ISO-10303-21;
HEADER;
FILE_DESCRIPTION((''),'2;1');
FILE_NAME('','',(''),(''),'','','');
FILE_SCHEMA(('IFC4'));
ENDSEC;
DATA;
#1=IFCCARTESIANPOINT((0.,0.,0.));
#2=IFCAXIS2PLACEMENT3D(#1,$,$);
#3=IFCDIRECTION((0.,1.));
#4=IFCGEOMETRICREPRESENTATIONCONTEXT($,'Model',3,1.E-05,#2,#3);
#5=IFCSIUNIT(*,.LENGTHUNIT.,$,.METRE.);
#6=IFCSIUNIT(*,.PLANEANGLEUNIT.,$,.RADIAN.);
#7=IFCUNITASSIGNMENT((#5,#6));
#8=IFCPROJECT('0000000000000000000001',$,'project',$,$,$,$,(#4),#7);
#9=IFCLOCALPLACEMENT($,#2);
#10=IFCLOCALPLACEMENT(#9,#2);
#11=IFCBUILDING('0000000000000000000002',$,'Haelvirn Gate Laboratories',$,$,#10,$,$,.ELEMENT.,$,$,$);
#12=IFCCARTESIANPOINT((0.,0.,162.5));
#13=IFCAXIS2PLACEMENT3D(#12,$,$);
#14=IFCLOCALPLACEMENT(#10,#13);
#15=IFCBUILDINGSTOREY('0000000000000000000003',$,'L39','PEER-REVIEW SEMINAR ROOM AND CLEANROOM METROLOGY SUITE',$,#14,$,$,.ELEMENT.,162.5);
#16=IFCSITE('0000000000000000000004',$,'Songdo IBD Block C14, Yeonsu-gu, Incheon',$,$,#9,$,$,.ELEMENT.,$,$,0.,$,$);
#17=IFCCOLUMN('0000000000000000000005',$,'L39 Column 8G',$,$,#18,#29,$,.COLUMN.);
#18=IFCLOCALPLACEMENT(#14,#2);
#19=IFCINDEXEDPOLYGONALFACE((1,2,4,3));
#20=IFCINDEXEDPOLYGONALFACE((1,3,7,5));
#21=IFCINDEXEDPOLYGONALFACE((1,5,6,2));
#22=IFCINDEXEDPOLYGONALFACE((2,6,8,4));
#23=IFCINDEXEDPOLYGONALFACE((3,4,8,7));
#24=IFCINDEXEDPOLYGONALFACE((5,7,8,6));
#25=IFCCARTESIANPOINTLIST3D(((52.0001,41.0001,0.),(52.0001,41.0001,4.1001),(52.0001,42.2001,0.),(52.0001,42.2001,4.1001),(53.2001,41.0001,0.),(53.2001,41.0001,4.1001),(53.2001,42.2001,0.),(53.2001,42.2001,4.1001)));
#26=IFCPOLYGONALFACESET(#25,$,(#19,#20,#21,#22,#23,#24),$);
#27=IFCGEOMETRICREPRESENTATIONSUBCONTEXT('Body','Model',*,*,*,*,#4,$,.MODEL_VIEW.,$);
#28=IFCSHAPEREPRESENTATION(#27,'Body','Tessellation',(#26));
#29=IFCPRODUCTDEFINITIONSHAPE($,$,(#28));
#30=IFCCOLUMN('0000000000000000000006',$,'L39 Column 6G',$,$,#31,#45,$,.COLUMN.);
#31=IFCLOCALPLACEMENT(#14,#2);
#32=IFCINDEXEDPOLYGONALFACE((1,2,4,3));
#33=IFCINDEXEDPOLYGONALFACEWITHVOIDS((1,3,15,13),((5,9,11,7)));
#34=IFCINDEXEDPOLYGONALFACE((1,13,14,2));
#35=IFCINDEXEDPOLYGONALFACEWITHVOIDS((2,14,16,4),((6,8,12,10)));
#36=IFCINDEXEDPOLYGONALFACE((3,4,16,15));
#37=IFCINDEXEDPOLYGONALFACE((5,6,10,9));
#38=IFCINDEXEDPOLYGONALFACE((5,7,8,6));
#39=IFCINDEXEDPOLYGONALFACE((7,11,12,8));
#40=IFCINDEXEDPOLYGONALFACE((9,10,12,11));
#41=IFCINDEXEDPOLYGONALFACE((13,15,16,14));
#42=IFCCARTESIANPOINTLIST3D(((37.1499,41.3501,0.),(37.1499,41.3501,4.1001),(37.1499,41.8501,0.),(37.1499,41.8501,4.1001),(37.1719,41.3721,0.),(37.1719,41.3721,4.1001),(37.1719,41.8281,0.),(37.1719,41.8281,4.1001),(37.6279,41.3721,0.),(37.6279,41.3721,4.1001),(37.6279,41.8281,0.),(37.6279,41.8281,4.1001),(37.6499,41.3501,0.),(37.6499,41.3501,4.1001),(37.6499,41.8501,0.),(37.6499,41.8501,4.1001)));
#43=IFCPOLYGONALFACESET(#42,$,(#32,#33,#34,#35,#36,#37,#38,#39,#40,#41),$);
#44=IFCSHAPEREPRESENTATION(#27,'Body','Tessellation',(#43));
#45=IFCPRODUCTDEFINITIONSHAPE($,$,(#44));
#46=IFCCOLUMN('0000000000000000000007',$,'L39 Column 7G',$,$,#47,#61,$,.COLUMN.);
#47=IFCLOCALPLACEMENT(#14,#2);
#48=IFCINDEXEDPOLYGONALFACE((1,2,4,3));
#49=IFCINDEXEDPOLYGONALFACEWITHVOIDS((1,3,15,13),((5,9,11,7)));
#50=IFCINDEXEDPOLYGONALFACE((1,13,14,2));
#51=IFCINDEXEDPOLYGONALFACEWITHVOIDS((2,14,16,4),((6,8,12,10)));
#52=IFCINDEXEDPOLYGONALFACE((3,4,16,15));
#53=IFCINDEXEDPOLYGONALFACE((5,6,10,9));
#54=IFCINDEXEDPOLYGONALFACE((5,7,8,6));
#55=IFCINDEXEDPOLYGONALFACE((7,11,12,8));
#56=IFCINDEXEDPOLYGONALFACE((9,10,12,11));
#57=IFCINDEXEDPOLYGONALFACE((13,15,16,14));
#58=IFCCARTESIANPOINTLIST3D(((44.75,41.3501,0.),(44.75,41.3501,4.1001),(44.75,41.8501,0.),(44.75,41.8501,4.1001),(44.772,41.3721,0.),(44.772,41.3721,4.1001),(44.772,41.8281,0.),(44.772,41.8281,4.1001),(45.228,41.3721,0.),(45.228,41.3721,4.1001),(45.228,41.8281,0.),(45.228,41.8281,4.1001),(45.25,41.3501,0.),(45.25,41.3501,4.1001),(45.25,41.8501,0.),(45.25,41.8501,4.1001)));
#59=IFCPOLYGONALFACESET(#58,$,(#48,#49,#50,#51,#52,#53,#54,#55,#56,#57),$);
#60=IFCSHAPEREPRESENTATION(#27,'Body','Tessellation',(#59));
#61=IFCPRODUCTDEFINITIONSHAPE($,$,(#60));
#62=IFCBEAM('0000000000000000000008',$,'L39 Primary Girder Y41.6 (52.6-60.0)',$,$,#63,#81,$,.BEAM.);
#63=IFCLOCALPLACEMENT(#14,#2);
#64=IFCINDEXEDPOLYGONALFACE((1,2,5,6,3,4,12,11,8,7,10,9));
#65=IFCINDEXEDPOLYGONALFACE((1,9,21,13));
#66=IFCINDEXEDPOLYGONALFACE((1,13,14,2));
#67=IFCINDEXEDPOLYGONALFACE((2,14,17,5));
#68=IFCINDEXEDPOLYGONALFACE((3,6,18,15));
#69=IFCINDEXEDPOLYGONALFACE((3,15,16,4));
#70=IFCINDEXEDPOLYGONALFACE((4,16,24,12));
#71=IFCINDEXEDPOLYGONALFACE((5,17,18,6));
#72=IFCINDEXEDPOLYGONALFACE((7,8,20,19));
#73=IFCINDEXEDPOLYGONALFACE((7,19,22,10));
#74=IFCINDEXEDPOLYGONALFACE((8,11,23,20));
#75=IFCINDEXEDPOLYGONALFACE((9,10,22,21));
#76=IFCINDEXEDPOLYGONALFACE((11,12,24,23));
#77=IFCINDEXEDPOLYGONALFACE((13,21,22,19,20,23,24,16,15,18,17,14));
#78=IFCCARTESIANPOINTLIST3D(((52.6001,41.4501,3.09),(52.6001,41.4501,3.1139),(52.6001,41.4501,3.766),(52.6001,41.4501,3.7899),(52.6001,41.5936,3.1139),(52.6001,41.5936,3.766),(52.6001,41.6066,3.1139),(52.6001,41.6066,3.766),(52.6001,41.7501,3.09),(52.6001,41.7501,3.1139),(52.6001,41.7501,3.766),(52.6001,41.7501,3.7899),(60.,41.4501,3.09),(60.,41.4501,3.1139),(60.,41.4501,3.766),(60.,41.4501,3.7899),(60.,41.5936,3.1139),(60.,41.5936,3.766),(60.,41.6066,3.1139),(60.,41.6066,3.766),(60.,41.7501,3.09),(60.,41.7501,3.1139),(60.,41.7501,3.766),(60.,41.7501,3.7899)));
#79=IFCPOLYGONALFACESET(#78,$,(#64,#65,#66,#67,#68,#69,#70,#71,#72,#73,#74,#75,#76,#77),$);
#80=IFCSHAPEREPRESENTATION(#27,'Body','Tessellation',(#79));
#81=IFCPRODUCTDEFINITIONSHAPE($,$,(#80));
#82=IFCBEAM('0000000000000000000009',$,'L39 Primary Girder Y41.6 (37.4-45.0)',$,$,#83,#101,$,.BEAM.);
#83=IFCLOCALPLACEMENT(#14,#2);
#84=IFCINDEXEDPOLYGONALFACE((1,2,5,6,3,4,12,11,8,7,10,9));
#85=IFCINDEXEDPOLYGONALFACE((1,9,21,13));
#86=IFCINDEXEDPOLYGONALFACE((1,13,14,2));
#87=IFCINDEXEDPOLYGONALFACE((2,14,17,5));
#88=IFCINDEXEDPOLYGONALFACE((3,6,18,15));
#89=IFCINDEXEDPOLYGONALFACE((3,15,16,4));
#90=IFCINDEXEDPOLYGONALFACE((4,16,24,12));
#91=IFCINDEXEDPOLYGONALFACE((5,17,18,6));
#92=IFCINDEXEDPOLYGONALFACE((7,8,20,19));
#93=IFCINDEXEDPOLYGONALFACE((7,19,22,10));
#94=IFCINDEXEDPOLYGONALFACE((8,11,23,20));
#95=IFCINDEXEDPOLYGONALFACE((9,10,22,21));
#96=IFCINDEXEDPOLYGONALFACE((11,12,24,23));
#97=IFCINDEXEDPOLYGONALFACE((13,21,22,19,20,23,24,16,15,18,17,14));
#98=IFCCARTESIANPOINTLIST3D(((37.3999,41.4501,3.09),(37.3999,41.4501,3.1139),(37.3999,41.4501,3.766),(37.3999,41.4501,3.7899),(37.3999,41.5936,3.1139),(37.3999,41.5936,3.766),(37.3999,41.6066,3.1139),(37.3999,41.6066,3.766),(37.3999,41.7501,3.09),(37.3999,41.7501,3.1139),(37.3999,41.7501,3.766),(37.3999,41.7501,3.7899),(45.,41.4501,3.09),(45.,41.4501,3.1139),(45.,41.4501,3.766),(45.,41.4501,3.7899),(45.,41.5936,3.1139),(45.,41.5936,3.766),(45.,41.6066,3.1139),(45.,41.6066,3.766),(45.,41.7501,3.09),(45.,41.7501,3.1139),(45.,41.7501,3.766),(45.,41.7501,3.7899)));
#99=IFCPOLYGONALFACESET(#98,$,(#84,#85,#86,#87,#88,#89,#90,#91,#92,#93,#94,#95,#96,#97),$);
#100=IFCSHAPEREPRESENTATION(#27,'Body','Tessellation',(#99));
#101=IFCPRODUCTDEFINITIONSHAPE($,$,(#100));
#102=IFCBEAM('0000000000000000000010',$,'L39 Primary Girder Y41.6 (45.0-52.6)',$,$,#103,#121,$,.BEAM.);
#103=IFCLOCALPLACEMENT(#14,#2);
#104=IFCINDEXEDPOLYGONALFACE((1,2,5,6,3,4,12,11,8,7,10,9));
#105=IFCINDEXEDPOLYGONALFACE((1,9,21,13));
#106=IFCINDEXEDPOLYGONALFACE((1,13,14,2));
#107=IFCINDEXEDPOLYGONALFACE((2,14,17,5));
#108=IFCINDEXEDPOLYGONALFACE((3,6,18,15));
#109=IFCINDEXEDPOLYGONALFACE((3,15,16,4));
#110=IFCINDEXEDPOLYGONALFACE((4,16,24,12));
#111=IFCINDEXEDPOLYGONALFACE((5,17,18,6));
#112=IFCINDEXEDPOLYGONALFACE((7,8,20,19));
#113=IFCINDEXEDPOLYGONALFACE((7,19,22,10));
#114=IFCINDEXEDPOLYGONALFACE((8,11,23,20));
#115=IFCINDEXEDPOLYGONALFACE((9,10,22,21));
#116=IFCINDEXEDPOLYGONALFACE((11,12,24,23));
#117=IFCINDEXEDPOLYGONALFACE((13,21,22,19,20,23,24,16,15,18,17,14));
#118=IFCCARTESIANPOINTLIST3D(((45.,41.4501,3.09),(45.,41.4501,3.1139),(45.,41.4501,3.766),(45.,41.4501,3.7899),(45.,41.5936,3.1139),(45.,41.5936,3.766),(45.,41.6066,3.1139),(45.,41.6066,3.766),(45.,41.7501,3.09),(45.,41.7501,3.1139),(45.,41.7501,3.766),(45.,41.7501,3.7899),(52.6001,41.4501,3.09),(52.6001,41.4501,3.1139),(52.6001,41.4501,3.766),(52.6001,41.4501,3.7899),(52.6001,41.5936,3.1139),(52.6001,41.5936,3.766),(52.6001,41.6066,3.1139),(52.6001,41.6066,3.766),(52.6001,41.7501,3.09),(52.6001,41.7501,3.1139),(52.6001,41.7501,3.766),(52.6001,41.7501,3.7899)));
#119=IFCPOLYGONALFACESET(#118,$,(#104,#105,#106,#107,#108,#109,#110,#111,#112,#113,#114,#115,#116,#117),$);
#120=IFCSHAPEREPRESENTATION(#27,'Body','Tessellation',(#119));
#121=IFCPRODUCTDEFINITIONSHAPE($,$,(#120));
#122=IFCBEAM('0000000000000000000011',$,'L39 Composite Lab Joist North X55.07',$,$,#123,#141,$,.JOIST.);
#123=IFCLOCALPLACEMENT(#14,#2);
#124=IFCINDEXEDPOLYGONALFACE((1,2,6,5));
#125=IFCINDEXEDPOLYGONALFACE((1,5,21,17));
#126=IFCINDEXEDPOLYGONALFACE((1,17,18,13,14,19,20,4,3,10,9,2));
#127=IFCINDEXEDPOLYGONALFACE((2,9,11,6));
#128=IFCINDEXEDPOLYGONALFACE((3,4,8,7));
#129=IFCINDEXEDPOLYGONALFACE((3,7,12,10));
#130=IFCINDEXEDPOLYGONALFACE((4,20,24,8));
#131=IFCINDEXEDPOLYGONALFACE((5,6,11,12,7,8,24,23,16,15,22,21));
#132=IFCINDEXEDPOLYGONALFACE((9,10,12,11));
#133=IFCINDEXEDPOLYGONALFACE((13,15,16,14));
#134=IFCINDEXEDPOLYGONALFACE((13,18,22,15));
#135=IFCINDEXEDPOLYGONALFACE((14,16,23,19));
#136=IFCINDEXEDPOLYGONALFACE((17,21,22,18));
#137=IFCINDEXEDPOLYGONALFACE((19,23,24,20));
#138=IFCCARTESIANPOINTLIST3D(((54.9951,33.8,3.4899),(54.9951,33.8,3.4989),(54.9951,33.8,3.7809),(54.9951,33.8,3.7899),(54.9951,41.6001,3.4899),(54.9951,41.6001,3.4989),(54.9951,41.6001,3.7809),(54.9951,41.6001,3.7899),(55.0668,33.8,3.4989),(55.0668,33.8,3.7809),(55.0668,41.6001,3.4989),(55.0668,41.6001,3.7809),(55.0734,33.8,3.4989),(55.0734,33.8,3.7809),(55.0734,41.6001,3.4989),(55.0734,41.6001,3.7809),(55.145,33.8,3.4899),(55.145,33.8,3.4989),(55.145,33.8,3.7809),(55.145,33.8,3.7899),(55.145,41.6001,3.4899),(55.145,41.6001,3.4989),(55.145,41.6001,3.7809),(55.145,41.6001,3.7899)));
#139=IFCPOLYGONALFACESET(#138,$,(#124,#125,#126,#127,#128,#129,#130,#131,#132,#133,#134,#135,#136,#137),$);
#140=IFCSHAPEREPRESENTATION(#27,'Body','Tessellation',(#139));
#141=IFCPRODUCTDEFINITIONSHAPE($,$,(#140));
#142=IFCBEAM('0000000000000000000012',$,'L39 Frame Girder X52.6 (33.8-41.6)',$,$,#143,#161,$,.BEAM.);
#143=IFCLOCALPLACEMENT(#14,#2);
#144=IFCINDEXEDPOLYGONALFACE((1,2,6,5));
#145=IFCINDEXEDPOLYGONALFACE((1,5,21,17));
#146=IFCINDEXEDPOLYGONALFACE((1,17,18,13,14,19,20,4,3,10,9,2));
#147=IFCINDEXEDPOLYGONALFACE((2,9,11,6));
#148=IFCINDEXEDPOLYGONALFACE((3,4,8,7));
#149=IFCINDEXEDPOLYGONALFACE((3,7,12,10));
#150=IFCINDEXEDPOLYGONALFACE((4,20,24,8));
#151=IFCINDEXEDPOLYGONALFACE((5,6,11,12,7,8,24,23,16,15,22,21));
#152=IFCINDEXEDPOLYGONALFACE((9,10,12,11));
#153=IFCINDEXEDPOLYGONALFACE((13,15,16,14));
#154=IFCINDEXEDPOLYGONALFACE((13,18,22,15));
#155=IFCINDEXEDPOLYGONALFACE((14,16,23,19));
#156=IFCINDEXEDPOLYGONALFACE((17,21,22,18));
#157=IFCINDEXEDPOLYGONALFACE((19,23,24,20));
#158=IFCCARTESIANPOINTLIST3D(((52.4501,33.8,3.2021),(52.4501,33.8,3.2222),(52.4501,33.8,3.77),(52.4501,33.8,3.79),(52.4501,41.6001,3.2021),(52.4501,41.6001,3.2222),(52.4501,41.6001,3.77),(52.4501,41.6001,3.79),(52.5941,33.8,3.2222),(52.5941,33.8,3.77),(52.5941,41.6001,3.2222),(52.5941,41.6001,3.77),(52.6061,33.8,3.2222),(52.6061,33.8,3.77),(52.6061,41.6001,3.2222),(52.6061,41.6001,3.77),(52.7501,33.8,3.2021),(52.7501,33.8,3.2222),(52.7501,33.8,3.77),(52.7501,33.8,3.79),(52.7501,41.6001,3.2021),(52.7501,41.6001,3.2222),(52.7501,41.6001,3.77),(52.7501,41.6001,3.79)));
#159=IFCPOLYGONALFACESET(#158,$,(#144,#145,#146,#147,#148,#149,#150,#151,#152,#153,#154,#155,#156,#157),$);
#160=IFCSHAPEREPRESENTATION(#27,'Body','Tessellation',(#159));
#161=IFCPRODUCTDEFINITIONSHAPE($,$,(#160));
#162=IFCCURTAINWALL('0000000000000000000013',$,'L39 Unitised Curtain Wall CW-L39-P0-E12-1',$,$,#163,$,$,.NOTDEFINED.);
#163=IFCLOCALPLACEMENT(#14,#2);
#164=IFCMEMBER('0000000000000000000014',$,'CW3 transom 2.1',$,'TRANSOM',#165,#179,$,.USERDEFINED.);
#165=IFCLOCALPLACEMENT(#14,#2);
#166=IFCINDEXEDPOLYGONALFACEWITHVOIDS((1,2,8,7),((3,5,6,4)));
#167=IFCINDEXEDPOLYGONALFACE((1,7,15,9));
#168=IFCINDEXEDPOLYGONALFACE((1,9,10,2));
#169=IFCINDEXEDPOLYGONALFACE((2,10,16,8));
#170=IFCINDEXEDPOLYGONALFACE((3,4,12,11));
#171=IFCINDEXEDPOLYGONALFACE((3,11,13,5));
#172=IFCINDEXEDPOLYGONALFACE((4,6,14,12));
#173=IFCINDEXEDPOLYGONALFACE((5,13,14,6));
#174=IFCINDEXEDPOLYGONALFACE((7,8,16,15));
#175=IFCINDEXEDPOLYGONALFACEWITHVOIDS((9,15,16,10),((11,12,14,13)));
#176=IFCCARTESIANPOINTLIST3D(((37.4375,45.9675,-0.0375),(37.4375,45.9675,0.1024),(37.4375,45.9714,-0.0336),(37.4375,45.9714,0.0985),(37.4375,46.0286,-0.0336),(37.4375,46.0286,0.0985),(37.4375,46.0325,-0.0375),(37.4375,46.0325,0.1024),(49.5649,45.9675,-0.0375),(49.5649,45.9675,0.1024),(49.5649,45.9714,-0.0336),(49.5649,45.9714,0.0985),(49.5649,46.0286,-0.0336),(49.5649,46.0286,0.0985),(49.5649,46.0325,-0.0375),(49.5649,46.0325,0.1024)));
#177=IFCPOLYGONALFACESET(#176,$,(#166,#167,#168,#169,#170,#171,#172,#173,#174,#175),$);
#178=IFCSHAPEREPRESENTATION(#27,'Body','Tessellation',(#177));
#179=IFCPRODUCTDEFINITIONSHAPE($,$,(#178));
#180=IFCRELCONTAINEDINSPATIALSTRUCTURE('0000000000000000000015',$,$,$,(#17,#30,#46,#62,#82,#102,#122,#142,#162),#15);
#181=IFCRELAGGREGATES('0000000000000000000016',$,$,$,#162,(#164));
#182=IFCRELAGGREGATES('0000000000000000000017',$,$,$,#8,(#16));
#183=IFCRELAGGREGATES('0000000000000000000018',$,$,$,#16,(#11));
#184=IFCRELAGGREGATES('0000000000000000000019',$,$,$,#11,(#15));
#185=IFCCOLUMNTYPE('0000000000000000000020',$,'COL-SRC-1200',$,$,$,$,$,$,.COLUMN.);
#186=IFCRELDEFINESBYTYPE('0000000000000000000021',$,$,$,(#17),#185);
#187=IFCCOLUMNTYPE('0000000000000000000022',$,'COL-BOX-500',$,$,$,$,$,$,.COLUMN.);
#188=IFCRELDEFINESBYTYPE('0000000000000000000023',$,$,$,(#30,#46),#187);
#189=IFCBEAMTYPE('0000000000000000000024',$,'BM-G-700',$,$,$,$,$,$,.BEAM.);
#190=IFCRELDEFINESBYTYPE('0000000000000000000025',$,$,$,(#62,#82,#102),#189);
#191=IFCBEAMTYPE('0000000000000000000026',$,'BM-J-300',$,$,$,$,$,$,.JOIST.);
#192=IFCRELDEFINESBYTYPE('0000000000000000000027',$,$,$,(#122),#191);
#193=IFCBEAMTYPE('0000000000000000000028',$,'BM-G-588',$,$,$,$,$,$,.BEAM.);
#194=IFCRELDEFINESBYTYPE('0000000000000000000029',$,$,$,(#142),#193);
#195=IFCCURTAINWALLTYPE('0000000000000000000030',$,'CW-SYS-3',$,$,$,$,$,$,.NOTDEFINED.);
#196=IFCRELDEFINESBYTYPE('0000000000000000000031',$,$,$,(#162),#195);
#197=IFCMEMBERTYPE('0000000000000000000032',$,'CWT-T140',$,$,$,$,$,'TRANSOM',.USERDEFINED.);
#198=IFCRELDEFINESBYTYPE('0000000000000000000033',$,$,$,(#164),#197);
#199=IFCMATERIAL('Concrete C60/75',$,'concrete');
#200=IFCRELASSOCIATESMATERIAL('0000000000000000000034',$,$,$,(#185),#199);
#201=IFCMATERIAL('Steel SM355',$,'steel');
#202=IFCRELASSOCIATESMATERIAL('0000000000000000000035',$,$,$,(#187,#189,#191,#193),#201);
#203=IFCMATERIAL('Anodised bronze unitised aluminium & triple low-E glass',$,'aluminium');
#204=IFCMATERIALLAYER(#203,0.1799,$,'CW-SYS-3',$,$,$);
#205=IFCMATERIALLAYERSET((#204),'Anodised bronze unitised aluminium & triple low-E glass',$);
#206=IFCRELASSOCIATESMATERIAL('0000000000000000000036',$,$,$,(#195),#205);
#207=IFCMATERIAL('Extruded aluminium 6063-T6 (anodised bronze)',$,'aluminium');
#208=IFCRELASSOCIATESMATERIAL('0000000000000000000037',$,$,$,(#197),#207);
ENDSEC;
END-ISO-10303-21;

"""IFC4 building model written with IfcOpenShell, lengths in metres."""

from ifc_helpers import new_model, si_unit, direction, frame, origin, origin_2d, place, context, subcontext, project, spatial, rectangle, hollow_rectangle, i_section, extrude, source, transform, mapped, material, layer, layer_set, material_profile, profile_set, type_object, type_shapes, element, aggregate, save


model = new_model("IFC4")

# Units and contexts
model_context = context("Model", 3, precision=1e-05, world=origin(), true_north=direction((0.0, 1.0)))
body_context = subcontext(model_context, "Body", "Model", "MODEL_VIEW")
ifc_project = project(units=[si_unit("LENGTHUNIT", "METRE"), si_unit("PLANEANGLEUNIT", "RADIAN")], contexts=[model_context])

# Site, building, storey
site_placement = place(None, origin())
site = spatial("IfcSite", under=ifc_project, at=site_placement, Name="Songdo IBD Block C14, Yeonsu-gu, Incheon", CompositionType="ELEMENT", RefElevation=0.0)
building_placement = place(site_placement, origin())
building = spatial("IfcBuilding", under=site, at=building_placement, Name="Haelvirn Gate Laboratories", CompositionType="ELEMENT")
storey_placement = place(building_placement, frame((0.0, 0.0, 162.5)))
storey = spatial("IfcBuildingStorey", under=building, at=storey_placement, Name="L39", Description="PEER-REVIEW SEMINAR ROOM AND CLEANROOM METROLOGY SUITE", CompositionType="ELEMENT", Elevation=162.5)

# Columns
ifc_material_1 = material(Name="Concrete C60/75", Category="concrete")
ifc_material_profile_1 = material_profile(ifc_material_1, rectangle(XDim=1.2, YDim=1.2, at=origin_2d()), Name="SRC-1200x1200")
ifc_profile_set_1 = profile_set([ifc_material_profile_1], Name="Concrete C60/75")
column_type_1 = type_object("IfcColumnType", Name="COL-SRC-1200", PredefinedType="COLUMN", material=ifc_profile_set_1)
shared_shape_1 = source(origin(), body_context, "Body", "SweptSolid", [
    extrude(rectangle(XDim=1.2, YDim=1.2, at=origin_2d()), origin(), (0.0, 0.0, 1.0), 4.1001),
])
type_shapes(column_type_1, [shared_shape_1])
column_placement = place(storey_placement, frame((52.6001, 41.6001, 0.0), z_axis=(0.0, 0.0, 1.0), x_axis=(1.0, 0.0, 0.0)))
element("IfcColumn", 1, at=column_placement, inside=storey, type_object=column_type_1, Name="L39 Column 8G", PredefinedType="COLUMN", context=body_context, shape_type="MappedRepresentation", body=[
    mapped(shared_shape_1, transform((0.0, 0.0, 0.0), scale=1.0)),
])
ifc_material_2 = material(Name="Steel SM355", Category="steel")
ifc_material_profile_2 = material_profile(ifc_material_2, hollow_rectangle(XDim=0.5, YDim=0.5, WallThickness=0.022, at=origin_2d()), Name="BOX-500x500x22")
ifc_profile_set_2 = profile_set([ifc_material_profile_2], Name="Steel SM355")
column_type_2 = type_object("IfcColumnType", Name="COL-BOX-500", PredefinedType="COLUMN", material=ifc_profile_set_2)
shared_shape_2 = source(origin(), body_context, "Body", "SweptSolid", [
    extrude(hollow_rectangle(XDim=0.5, YDim=0.5, WallThickness=0.022, at=origin_2d()), origin(), (0.0, 0.0, 1.0), 4.1001),
])
type_shapes(column_type_2, [shared_shape_2])
for number, where, z_axis, x_axis, name in (
    (2, (37.3999, 41.6001, 0.0), (0.0, 0.0, 1.0), (1.0, 0.0, 0.0), "L39 Column 6G"),
    (3, (45.0, 41.6001, 0.0), (0.0, 0.0, 1.0), (1.0, 0.0, 0.0), "L39 Column 7G"),
):
    element("IfcColumn", number, at=place(storey_placement, frame(where, z_axis=z_axis, x_axis=x_axis)), inside=storey, type_object=column_type_2, Name=name, PredefinedType="COLUMN", context=body_context, shape_type="MappedRepresentation", body=[
        mapped(shared_shape_2, transform((0.0, 0.0, 0.0), scale=1.0)),
    ])

# Beams
ifc_material_profile_3 = material_profile(ifc_material_2, i_section(OverallWidth=0.3, OverallDepth=0.7, WebThickness=0.0129, FlangeThickness=0.0239, at=origin_2d()), Name="H-700x300x13x24")
ifc_profile_set_3 = profile_set([ifc_material_profile_3], Name="Steel SM355")
beam_type_1 = type_object("IfcBeamType", Name="BM-G-700", PredefinedType="BEAM", material=ifc_profile_set_3)
shared_shape_3 = source(origin(), body_context, "Body", "SweptSolid", [
    extrude(i_section(OverallWidth=0.3, OverallDepth=0.7, WebThickness=0.0129, FlangeThickness=0.0239, at=origin_2d()), origin(), (0.0, 0.0, 1.0), 7.3999),
])
beam_1_placement = place(storey_placement, frame((52.6001, 41.6001, 3.4399), z_axis=(1.0, 0.0, 0.0), x_axis=(0.0, 1.0, 0.0)))
element("IfcBeam", 4, at=beam_1_placement, inside=storey, type_object=beam_type_1, Name="L39 Primary Girder Y41.6 (52.6-60.0)", PredefinedType="BEAM", context=body_context, shape_type="MappedRepresentation", body=[
    mapped(shared_shape_3, transform((0.0, 0.0, 0.0), scale=1.0)),
])
shared_shape_4 = source(origin(), body_context, "Body", "SweptSolid", [
    extrude(i_section(OverallWidth=0.3, OverallDepth=0.7, WebThickness=0.0129, FlangeThickness=0.0239, at=origin_2d()), origin(), (0.0, 0.0, 1.0), 7.6001),
])
type_shapes(beam_type_1, [shared_shape_3, shared_shape_4])
for number, where, z_axis, x_axis, name in (
    (5, (37.3999, 41.6001, 3.4399), (1.0, 0.0, 0.0), (0.0, 1.0, 0.0), "L39 Primary Girder Y41.6 (37.4-45.0)"),
    (6, (45.0, 41.6001, 3.4399), (1.0, 0.0, 0.0), (0.0, 1.0, 0.0), "L39 Primary Girder Y41.6 (45.0-52.6)"),
):
    element("IfcBeam", number, at=place(storey_placement, frame(where, z_axis=z_axis, x_axis=x_axis)), inside=storey, type_object=beam_type_1, Name=name, PredefinedType="BEAM", context=body_context, shape_type="MappedRepresentation", body=[
        mapped(shared_shape_4, transform((0.0, 0.0, 0.0), scale=1.0)),
    ])
ifc_material_profile_4 = material_profile(ifc_material_2, i_section(OverallWidth=0.1499, OverallDepth=0.3, WebThickness=0.0066, FlangeThickness=0.009, at=origin_2d()), Name="H-300x150x6.5x9")
ifc_profile_set_4 = profile_set([ifc_material_profile_4], Name="Steel SM355")
beam_type_2 = type_object("IfcBeamType", Name="BM-J-300", PredefinedType="JOIST", material=ifc_profile_set_4)
shared_shape_5 = source(origin(), body_context, "Body", "SweptSolid", [
    extrude(i_section(OverallWidth=0.1499, OverallDepth=0.3, WebThickness=0.0066, FlangeThickness=0.009, at=origin_2d()), origin(), (0.0, 0.0, 1.0), 7.8),
])
type_shapes(beam_type_2, [shared_shape_5])
beam_2_placement = place(storey_placement, frame((55.0701, 33.8, 3.6399), z_axis=(0.0, 1.0, 0.0), x_axis=(-1.0, 0.0, 0.0)))
element("IfcBeam", 7, at=beam_2_placement, inside=storey, type_object=beam_type_2, Name="L39 Composite Lab Joist North X55.07", PredefinedType="JOIST", context=body_context, shape_type="MappedRepresentation", body=[
    mapped(shared_shape_5, transform((0.0, 0.0, 0.0), scale=1.0)),
])
ifc_material_profile_5 = material_profile(ifc_material_2, i_section(OverallWidth=0.3, OverallDepth=0.5879, WebThickness=0.012, FlangeThickness=0.02, at=origin_2d()), Name="H-588x300x12x20")
ifc_profile_set_5 = profile_set([ifc_material_profile_5], Name="Steel SM355")
beam_type_3 = type_object("IfcBeamType", Name="BM-G-588", PredefinedType="BEAM", material=ifc_profile_set_5)
shared_shape_6 = source(origin(), body_context, "Body", "SweptSolid", [
    extrude(i_section(OverallWidth=0.3, OverallDepth=0.5879, WebThickness=0.012, FlangeThickness=0.02, at=origin_2d()), origin(), (0.0, 0.0, 1.0), 7.8),
])
type_shapes(beam_type_3, [shared_shape_6])
beam_3_placement = place(storey_placement, frame((52.6001, 33.8, 3.4961), z_axis=(0.0, 1.0, 0.0), x_axis=(-1.0, 0.0, 0.0)))
element("IfcBeam", 8, at=beam_3_placement, inside=storey, type_object=beam_type_3, Name="L39 Frame Girder X52.6 (33.8-41.6)", PredefinedType="BEAM", context=body_context, shape_type="MappedRepresentation", body=[
    mapped(shared_shape_6, transform((0.0, 0.0, 0.0), scale=1.0)),
])

# Curtain wall, member
ifc_material_3 = material(Name="Anodised bronze unitised aluminium & triple low-E glass", Category="aluminium")
ifc_layer_1 = layer(ifc_material_3, 0.1799, Name="CW-SYS-3")
ifc_layer_set_1 = layer_set([ifc_layer_1], Name="Anodised bronze unitised aluminium & triple low-E glass")
curtain_wall_type = type_object("IfcCurtainWallType", Name="CW-SYS-3", PredefinedType="NOTDEFINED", material=ifc_layer_set_1)
curtain_wall_1_placement = place(storey_placement, origin())
curtain_wall_1 = element("IfcCurtainWall", 9, at=curtain_wall_1_placement, inside=storey, type_object=curtain_wall_type, Name="L39 Unitised Curtain Wall CW-L39-P0-E12-1", PredefinedType="NOTDEFINED")
ifc_material_4 = material(Name="Extruded aluminium 6063-T6 (anodised bronze)", Category="aluminium")
ifc_material_profile_6 = material_profile(ifc_material_4, hollow_rectangle(XDim=0.0649, YDim=0.1399, WallThickness=0.0039, at=origin_2d()), Name="CWT-140x65x4")
ifc_profile_set_6 = profile_set([ifc_material_profile_6], Name="Extruded aluminium 6063-T6 (anodised bronze)")
member_type_1 = type_object("IfcMemberType", Name="CWT-T140", ElementType="TRANSOM", PredefinedType="USERDEFINED", material=ifc_profile_set_6)
shared_shape_7 = source(origin(), body_context, "Body", "SweptSolid", [
    extrude(hollow_rectangle(XDim=0.0649, YDim=0.1399, WallThickness=0.0039, at=origin_2d()), origin(), (0.0, 0.0, 1.0), 12.1274),
])
member_1_placement = place(storey_placement, frame((37.4375, 46.0, 0.0325), z_axis=(1.0, 0.0, 0.0), x_axis=(0.0, 1.0, 0.0)))
member_1 = element("IfcMember", 10, at=member_1_placement, type_object=member_type_1, Name="CW3 transom 2.1", ObjectType="TRANSOM", PredefinedType="USERDEFINED", context=body_context, shape_type="MappedRepresentation", body=[
    mapped(shared_shape_7, transform((0.0, 0.0, 0.0), scale=1.0)),
])

aggregate(curtain_wall_1, [member_1])

save(model, "model.ifc")
